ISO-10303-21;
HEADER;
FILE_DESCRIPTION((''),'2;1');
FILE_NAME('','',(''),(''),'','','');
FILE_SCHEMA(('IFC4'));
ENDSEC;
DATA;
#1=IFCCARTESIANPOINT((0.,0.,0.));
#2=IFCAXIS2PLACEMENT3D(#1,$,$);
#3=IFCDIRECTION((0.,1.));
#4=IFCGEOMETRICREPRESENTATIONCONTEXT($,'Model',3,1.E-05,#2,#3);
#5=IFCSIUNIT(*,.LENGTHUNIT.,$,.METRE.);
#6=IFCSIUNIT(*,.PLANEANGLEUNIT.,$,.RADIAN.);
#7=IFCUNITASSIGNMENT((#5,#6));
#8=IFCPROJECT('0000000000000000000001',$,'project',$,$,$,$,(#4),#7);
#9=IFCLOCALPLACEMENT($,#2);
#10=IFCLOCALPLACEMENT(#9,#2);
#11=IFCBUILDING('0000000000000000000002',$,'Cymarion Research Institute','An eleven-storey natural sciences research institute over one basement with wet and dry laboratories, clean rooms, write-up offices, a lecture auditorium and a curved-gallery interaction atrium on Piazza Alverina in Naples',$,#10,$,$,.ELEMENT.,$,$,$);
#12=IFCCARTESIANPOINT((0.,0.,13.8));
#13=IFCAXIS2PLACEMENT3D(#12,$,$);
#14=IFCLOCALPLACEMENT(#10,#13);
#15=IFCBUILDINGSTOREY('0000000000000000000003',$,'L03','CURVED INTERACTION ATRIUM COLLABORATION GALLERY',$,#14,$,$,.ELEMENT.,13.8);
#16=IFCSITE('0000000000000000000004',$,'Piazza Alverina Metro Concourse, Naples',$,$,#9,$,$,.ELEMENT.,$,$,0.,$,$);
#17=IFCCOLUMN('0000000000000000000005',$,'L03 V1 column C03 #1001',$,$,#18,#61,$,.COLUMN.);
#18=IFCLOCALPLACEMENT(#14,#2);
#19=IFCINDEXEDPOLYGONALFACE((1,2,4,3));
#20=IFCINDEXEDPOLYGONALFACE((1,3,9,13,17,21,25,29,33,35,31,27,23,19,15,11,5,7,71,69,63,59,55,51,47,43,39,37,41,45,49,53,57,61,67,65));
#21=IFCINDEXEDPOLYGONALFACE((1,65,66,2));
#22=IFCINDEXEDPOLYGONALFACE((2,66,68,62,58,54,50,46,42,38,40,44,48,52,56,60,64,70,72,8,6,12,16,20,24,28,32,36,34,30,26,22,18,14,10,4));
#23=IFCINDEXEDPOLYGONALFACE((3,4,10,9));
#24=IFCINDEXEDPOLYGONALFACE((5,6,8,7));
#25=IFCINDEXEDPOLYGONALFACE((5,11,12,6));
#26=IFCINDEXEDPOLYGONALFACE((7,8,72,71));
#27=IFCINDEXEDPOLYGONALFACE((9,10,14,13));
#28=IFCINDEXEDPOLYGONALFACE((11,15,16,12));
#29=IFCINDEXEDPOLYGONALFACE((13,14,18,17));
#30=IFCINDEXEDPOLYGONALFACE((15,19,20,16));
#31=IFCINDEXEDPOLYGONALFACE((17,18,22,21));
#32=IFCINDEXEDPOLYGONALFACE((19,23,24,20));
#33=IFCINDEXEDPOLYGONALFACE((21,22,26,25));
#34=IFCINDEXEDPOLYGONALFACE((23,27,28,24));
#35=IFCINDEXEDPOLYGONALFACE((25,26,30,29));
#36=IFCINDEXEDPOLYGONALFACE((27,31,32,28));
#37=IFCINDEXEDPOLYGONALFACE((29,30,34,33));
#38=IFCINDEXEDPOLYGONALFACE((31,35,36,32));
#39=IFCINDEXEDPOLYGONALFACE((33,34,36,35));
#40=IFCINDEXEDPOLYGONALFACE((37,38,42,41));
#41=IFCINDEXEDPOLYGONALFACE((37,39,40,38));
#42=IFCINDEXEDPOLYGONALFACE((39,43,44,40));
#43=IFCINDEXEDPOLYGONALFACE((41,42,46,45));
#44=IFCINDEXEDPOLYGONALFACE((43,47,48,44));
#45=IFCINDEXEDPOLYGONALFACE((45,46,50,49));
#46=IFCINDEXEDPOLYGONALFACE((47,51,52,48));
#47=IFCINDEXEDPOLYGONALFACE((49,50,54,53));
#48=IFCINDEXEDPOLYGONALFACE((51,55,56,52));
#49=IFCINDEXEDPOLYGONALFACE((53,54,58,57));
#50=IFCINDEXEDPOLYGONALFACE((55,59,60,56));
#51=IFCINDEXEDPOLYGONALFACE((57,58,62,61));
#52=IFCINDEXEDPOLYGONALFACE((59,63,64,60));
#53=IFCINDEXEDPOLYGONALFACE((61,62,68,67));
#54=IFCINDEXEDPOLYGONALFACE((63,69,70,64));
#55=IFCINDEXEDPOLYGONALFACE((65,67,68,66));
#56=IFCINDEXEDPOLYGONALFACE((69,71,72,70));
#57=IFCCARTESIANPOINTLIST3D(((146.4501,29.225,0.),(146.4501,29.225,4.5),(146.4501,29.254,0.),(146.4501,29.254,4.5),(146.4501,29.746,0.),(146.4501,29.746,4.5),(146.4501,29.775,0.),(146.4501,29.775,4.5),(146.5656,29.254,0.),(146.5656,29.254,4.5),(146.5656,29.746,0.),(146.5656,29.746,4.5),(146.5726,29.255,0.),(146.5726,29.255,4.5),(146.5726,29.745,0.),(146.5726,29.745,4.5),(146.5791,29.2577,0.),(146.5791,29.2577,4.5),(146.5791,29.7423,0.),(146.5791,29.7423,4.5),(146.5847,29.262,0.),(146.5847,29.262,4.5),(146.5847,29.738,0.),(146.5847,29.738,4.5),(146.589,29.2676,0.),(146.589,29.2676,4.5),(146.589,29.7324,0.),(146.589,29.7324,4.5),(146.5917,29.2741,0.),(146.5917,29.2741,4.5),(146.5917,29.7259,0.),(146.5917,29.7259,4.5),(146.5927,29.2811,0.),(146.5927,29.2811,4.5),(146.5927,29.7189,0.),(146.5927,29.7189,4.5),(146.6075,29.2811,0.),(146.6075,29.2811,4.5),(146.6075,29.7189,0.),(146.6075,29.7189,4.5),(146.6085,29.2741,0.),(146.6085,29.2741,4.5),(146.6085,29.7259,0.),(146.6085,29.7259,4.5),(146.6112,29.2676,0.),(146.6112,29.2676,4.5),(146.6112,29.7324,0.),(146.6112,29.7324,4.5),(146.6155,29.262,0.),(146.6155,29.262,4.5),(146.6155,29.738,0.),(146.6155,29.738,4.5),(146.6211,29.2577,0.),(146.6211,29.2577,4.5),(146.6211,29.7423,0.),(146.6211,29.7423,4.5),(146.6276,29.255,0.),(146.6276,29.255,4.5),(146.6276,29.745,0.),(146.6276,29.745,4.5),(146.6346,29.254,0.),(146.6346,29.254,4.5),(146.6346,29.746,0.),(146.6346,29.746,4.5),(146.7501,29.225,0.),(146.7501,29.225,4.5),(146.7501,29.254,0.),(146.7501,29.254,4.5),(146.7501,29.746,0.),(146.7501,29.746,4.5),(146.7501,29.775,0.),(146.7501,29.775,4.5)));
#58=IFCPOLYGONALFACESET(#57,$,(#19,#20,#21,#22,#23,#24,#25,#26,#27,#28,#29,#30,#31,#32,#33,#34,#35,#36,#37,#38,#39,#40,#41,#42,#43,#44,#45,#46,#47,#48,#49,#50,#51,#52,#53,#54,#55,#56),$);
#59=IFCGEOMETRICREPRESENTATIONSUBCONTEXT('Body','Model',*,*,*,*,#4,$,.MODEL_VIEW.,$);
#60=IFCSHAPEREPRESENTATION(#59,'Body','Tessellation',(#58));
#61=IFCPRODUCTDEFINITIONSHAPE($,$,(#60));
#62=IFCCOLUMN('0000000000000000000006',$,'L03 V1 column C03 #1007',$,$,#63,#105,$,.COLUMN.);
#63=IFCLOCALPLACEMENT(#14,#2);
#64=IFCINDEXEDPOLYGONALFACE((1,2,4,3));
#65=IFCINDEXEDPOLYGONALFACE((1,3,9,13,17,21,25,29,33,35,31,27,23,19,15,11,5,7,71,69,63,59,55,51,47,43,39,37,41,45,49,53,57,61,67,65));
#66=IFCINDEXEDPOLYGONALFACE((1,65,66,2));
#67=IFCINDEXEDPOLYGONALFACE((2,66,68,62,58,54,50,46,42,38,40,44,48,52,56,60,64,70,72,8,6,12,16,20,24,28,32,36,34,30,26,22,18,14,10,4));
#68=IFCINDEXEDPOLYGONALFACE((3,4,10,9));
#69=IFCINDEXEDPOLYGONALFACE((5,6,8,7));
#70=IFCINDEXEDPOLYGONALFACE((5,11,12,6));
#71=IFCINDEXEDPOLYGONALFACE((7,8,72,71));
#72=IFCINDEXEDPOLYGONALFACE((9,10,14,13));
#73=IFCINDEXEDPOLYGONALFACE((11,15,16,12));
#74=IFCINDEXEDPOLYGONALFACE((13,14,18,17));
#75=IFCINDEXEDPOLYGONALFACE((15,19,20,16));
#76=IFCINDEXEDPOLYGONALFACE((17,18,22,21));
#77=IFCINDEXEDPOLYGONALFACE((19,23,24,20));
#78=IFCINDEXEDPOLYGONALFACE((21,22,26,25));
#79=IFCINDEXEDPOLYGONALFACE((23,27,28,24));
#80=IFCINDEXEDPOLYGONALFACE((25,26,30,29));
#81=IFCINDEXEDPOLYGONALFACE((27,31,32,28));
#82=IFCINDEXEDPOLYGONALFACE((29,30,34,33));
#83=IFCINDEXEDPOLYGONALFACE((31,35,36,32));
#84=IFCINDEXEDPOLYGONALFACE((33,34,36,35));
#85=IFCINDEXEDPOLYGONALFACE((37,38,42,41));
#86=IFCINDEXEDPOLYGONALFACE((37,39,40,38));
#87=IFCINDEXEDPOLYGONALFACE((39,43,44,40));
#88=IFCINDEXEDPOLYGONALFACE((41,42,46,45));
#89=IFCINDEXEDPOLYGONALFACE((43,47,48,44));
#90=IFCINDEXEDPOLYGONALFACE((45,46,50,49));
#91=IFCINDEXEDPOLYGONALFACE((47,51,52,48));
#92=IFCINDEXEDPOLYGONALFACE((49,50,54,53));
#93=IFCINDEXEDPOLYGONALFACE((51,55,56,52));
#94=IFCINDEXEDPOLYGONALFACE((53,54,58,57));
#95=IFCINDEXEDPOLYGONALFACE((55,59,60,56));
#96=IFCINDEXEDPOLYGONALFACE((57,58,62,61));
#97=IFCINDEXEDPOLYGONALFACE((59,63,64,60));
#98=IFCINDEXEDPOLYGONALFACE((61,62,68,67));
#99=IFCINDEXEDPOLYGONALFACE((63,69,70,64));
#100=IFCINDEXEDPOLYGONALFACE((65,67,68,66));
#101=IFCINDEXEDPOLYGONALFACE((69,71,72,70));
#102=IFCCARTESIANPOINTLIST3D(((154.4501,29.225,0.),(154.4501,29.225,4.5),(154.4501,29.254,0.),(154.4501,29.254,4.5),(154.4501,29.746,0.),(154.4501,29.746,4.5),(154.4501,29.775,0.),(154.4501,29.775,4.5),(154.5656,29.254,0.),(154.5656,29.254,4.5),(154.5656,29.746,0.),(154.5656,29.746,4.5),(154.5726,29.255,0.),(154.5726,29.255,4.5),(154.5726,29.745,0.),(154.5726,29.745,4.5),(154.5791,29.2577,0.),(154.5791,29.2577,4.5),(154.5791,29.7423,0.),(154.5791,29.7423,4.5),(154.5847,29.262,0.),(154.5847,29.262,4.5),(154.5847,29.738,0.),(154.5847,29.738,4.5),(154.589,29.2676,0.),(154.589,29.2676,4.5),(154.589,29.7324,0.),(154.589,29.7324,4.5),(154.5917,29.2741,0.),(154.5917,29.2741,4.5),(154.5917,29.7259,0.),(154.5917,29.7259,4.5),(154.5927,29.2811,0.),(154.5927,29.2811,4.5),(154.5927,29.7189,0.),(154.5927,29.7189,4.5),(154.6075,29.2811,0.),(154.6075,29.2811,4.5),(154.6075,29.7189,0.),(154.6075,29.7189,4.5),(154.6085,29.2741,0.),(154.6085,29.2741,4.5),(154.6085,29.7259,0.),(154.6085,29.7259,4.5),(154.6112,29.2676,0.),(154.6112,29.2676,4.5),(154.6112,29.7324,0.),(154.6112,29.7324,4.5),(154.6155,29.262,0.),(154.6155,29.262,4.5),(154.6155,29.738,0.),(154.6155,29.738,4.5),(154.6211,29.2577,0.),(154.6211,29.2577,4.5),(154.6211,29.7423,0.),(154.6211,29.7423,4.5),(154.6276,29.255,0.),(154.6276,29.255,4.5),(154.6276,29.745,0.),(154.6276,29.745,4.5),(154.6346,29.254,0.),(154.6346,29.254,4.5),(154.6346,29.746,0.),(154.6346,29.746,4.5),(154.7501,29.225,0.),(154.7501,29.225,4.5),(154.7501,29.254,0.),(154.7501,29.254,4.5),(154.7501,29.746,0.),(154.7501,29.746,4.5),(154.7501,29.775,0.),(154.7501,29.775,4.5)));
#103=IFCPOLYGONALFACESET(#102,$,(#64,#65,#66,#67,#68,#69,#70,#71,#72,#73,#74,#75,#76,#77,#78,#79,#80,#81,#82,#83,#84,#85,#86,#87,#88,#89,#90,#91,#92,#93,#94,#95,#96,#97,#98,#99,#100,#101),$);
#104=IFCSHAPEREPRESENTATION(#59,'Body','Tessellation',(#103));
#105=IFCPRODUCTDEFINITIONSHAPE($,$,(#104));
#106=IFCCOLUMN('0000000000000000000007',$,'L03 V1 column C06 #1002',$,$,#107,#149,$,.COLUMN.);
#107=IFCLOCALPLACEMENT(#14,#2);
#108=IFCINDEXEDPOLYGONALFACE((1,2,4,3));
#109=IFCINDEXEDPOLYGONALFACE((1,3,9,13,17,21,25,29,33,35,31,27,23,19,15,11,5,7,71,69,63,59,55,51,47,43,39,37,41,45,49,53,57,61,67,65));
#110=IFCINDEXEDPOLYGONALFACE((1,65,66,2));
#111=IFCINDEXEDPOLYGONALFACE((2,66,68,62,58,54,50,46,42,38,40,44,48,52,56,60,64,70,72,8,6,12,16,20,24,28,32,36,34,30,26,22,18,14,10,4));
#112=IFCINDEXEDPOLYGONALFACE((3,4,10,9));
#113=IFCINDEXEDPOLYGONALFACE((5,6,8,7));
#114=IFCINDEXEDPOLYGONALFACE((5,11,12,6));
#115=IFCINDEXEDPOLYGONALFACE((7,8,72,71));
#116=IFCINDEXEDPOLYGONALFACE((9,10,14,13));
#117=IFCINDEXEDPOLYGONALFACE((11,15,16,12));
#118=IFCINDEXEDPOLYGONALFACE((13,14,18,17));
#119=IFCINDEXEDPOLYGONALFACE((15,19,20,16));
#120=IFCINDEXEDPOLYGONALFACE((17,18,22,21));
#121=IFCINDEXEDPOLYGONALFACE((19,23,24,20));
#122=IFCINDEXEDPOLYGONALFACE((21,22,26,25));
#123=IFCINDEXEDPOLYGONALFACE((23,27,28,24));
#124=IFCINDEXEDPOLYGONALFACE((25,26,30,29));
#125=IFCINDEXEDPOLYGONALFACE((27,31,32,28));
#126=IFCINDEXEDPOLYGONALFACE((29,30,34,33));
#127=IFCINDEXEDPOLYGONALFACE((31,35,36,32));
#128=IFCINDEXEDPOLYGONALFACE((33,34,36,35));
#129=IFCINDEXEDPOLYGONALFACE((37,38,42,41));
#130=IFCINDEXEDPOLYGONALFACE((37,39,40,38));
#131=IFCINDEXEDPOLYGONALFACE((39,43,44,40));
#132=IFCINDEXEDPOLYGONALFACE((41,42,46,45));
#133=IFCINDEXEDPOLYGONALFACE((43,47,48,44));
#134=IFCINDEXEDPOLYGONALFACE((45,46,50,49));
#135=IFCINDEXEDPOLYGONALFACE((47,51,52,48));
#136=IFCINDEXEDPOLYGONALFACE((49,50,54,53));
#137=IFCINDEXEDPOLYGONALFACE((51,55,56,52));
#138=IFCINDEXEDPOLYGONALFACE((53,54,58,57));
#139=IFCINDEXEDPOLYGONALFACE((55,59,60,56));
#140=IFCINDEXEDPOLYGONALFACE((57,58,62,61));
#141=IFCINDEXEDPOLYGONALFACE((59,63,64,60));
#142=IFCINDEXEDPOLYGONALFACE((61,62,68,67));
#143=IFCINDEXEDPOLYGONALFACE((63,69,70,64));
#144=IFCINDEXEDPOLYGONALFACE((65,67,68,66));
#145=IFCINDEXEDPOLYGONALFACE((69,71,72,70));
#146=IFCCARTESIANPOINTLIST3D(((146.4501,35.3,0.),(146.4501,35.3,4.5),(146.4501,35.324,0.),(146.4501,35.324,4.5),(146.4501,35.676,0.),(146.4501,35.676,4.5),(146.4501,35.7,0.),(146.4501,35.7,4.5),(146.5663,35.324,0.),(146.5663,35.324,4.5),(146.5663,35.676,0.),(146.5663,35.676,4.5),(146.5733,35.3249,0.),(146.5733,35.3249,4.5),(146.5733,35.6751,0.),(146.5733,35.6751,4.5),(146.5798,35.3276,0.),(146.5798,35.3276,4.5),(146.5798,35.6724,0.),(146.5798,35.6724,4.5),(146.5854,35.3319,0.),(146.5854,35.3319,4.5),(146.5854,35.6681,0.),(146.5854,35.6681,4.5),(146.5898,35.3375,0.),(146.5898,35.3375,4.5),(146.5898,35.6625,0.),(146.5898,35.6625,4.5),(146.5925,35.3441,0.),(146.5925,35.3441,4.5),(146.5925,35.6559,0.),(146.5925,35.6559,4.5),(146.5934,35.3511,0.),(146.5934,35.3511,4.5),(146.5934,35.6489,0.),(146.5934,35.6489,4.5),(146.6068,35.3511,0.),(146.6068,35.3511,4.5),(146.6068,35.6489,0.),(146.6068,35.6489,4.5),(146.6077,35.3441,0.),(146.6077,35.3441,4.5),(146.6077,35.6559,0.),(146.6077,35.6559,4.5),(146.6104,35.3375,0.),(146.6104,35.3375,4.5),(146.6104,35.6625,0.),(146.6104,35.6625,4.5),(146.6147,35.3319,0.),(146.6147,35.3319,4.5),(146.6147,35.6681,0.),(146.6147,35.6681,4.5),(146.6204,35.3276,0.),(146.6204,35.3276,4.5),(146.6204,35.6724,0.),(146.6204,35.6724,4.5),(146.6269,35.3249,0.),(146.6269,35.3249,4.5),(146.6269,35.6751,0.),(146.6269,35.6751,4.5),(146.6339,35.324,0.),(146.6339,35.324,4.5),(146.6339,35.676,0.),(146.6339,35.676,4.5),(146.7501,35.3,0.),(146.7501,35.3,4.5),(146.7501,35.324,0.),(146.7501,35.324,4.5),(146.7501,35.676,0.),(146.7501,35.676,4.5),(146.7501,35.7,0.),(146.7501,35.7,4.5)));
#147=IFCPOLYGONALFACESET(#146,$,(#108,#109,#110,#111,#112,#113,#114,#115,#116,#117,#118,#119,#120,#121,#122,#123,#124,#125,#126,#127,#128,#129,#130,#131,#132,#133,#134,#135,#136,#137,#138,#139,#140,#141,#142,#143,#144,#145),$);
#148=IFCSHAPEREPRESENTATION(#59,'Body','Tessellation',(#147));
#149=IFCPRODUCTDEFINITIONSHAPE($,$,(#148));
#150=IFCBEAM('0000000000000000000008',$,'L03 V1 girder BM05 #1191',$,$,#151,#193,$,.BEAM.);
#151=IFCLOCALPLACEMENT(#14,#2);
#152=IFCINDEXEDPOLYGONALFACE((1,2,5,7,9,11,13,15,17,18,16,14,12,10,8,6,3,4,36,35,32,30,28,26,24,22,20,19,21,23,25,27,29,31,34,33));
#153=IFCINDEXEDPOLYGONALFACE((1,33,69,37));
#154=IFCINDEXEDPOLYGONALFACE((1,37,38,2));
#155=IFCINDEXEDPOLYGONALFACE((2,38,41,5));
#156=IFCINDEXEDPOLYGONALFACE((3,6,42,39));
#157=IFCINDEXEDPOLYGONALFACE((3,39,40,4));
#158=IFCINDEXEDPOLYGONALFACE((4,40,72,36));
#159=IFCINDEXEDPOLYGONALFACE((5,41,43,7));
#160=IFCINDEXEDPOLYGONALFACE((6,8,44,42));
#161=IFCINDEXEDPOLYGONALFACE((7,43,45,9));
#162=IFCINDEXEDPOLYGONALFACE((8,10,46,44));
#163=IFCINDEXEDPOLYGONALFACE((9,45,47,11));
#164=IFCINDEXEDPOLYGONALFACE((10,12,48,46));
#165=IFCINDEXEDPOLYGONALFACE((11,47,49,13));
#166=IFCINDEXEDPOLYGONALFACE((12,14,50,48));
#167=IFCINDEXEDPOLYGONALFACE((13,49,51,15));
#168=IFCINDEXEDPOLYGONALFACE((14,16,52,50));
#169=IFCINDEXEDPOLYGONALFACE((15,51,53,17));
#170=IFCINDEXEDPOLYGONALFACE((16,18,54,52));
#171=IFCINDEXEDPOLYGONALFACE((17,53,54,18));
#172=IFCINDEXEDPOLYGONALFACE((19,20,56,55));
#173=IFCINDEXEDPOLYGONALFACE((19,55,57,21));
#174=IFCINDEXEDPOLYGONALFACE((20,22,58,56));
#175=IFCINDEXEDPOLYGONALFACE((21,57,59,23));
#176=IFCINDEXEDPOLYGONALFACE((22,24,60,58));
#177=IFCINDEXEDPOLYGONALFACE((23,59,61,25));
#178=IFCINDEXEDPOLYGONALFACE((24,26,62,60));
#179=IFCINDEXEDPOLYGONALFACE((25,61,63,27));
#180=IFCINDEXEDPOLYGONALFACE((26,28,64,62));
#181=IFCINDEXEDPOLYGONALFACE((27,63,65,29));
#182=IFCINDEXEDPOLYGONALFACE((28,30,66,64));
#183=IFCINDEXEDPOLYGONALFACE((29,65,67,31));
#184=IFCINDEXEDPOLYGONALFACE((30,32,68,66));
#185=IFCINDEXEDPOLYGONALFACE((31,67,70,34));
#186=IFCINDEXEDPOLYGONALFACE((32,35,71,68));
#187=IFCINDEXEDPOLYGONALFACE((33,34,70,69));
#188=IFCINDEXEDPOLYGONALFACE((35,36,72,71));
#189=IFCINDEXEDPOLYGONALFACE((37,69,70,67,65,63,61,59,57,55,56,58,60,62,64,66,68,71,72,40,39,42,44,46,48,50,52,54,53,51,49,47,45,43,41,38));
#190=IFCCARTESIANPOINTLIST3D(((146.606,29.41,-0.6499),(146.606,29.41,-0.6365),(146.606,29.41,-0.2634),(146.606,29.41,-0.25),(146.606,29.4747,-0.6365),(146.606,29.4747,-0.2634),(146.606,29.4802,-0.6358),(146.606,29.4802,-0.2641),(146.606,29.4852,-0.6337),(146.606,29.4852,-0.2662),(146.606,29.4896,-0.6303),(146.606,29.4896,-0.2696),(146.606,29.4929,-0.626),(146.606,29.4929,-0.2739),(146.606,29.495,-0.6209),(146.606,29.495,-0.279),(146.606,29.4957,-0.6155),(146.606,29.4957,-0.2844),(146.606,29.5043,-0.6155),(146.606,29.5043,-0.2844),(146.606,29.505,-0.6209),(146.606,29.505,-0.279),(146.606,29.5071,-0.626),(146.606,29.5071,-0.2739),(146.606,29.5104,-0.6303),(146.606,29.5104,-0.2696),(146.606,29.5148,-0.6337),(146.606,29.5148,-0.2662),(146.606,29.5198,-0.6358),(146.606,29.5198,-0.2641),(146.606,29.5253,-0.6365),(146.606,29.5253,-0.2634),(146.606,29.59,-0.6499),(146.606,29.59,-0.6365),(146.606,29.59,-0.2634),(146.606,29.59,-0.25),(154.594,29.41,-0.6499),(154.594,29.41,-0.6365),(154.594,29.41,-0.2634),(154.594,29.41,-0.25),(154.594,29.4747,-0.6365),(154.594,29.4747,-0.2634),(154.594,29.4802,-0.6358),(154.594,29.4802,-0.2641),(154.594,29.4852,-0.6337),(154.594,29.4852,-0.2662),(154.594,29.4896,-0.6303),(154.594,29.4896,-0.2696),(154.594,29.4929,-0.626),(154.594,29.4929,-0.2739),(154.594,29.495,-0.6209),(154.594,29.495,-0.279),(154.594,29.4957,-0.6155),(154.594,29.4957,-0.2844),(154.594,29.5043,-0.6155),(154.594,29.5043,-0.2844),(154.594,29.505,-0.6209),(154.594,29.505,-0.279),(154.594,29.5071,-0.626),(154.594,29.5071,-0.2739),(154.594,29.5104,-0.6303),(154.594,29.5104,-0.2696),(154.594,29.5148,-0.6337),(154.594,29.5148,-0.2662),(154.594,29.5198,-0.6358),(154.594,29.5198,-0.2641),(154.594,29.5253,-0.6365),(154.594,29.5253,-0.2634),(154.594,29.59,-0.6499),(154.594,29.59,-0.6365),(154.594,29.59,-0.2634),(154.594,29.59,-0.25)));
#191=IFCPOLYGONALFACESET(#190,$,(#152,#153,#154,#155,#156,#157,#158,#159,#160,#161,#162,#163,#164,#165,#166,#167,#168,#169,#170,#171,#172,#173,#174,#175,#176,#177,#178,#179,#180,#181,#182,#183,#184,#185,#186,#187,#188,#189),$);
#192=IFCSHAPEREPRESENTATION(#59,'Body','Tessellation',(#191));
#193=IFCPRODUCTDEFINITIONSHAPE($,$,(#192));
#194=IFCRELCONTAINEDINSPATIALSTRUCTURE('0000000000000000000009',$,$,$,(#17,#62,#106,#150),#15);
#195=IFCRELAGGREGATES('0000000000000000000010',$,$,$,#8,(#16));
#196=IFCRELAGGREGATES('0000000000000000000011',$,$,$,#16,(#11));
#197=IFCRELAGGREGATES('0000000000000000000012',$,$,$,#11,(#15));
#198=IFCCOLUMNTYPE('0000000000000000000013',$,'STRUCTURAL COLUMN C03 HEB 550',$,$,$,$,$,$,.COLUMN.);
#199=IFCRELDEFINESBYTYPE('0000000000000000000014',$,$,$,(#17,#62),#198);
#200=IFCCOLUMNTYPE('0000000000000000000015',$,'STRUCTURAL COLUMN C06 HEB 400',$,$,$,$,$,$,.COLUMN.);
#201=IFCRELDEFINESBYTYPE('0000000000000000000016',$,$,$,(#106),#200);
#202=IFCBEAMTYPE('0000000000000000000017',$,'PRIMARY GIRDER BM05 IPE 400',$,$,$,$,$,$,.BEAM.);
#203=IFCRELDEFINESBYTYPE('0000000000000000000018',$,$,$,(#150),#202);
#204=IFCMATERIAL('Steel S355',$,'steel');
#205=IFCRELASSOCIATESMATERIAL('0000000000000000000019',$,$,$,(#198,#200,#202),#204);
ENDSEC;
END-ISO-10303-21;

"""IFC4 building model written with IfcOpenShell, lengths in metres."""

from ifc_helpers import new_model, si_unit, direction, frame, origin, origin_2d, place, context, subcontext, project, spatial, i_section, extrude, material, material_profile, profile_set, type_object, element, save


model = new_model("IFC4")

# Units and contexts
model_context = context("Model", 3, precision=1e-05, world=origin(), true_north=direction((0.0, 1.0)))
body_context = subcontext(model_context, "Body", "Model", "MODEL_VIEW")
ifc_project = project(units=[si_unit("LENGTHUNIT", "METRE"), si_unit("PLANEANGLEUNIT", "RADIAN")], contexts=[model_context])

# Site, building, storey
site_placement = place(None, origin())
site = spatial("IfcSite", under=ifc_project, at=site_placement, Name="Piazza Alverina Metro Concourse, Naples", CompositionType="ELEMENT", RefElevation=0.0)
building_placement = place(site_placement, origin())
building = spatial("IfcBuilding", under=site, at=building_placement, Name="Cymarion Research Institute", Description="An eleven-storey natural sciences research institute over one basement with wet and dry laboratories, clean rooms, write-up offices, a lecture auditorium and a curved-gallery interaction atrium on Piazza Alverina in Naples", CompositionType="ELEMENT")
storey_placement = place(building_placement, frame((0.0, 0.0, 13.8)))
storey = spatial("IfcBuildingStorey", under=building, at=storey_placement, Name="L03", Description="CURVED INTERACTION ATRIUM COLLABORATION GALLERY", CompositionType="ELEMENT", Elevation=13.8)

# Columns
ifc_material_1 = material(Name="Steel S355", Category="steel")
ifc_material_profile_1 = material_profile(ifc_material_1, i_section(OverallWidth=0.3, OverallDepth=0.55, WebThickness=0.0149, FlangeThickness=0.0291, FilletRadius=0.0271, at=origin_2d()), Name="HEB 550")
ifc_profile_set_1 = profile_set([ifc_material_profile_1], Name="Steel S355")
column_type_1 = type_object("IfcColumnType", Name="STRUCTURAL COLUMN C03 HEB 550", PredefinedType="COLUMN", material=ifc_profile_set_1)
for number, where, z_axis, x_axis, name in (
    (1, (146.6001, 29.5, 0.0), (0.0, 0.0, 1.0), (1.0, 0.0, 0.0), "L03 V1 column C03 #1001"),
    (2, (154.6001, 29.5, 0.0), (0.0, 0.0, 1.0), (1.0, 0.0, 0.0), "L03 V1 column C03 #1007"),
):
    element("IfcColumn", number, at=place(storey_placement, frame(where, z_axis=z_axis, x_axis=x_axis)), inside=storey, type_object=column_type_1, Name=name, PredefinedType="COLUMN", context=body_context, shape_type="SweptSolid", body=[
        extrude(i_section(OverallWidth=0.3, OverallDepth=0.55, WebThickness=0.0149, FlangeThickness=0.0291, FilletRadius=0.0271, at=origin_2d()), origin(), (0.0, 0.0, 1.0), 4.5),
    ])
ifc_material_profile_2 = material_profile(ifc_material_1, i_section(OverallWidth=0.3, OverallDepth=0.3999, WebThickness=0.0134, FlangeThickness=0.0239, FilletRadius=0.0271, at=origin_2d()), Name="HEB 400")
ifc_profile_set_2 = profile_set([ifc_material_profile_2], Name="Steel S355")
column_type_2 = type_object("IfcColumnType", Name="STRUCTURAL COLUMN C06 HEB 400", PredefinedType="COLUMN", material=ifc_profile_set_2)
column_placement = place(storey_placement, frame((146.6001, 35.5, 0.0), z_axis=(0.0, 0.0, 1.0), x_axis=(1.0, 0.0, 0.0)))
element("IfcColumn", 3, at=column_placement, inside=storey, type_object=column_type_2, Name="L03 V1 column C06 #1002", PredefinedType="COLUMN", context=body_context, shape_type="SweptSolid", body=[
    extrude(i_section(OverallWidth=0.3, OverallDepth=0.3999, WebThickness=0.0134, FlangeThickness=0.0239, FilletRadius=0.0271, at=origin_2d()), origin(), (0.0, 0.0, 1.0), 4.5),
])

# Beam
ifc_material_profile_3 = material_profile(ifc_material_1, i_section(OverallWidth=0.1799, OverallDepth=0.3999, WebThickness=0.0085, FlangeThickness=0.0134, FilletRadius=0.021, at=origin_2d()), Name="IPE 400")
ifc_profile_set_3 = profile_set([ifc_material_profile_3], Name="Steel S355")
beam_type_1 = type_object("IfcBeamType", Name="PRIMARY GIRDER BM05 IPE 400", PredefinedType="BEAM", material=ifc_profile_set_3)
for number, where, z_axis, x_axis, name in (
    (4, (146.606, 29.5, -0.45), (1.0, 0.0, 0.0), (0.0, 1.0, 0.0), "L03 V1 girder BM05 #1191"),
):
    element("IfcBeam", number, at=place(storey_placement, frame(where, z_axis=z_axis, x_axis=x_axis)), inside=storey, type_object=beam_type_1, Name=name, PredefinedType="BEAM", context=body_context, shape_type="SweptSolid", body=[
        extrude(i_section(OverallWidth=0.1799, OverallDepth=0.3999, WebThickness=0.0085, FlangeThickness=0.0134, FilletRadius=0.021, at=origin_2d()), origin(), (0.0, 0.0, 1.0), 7.988),
    ])

save(model, "model.ifc")
